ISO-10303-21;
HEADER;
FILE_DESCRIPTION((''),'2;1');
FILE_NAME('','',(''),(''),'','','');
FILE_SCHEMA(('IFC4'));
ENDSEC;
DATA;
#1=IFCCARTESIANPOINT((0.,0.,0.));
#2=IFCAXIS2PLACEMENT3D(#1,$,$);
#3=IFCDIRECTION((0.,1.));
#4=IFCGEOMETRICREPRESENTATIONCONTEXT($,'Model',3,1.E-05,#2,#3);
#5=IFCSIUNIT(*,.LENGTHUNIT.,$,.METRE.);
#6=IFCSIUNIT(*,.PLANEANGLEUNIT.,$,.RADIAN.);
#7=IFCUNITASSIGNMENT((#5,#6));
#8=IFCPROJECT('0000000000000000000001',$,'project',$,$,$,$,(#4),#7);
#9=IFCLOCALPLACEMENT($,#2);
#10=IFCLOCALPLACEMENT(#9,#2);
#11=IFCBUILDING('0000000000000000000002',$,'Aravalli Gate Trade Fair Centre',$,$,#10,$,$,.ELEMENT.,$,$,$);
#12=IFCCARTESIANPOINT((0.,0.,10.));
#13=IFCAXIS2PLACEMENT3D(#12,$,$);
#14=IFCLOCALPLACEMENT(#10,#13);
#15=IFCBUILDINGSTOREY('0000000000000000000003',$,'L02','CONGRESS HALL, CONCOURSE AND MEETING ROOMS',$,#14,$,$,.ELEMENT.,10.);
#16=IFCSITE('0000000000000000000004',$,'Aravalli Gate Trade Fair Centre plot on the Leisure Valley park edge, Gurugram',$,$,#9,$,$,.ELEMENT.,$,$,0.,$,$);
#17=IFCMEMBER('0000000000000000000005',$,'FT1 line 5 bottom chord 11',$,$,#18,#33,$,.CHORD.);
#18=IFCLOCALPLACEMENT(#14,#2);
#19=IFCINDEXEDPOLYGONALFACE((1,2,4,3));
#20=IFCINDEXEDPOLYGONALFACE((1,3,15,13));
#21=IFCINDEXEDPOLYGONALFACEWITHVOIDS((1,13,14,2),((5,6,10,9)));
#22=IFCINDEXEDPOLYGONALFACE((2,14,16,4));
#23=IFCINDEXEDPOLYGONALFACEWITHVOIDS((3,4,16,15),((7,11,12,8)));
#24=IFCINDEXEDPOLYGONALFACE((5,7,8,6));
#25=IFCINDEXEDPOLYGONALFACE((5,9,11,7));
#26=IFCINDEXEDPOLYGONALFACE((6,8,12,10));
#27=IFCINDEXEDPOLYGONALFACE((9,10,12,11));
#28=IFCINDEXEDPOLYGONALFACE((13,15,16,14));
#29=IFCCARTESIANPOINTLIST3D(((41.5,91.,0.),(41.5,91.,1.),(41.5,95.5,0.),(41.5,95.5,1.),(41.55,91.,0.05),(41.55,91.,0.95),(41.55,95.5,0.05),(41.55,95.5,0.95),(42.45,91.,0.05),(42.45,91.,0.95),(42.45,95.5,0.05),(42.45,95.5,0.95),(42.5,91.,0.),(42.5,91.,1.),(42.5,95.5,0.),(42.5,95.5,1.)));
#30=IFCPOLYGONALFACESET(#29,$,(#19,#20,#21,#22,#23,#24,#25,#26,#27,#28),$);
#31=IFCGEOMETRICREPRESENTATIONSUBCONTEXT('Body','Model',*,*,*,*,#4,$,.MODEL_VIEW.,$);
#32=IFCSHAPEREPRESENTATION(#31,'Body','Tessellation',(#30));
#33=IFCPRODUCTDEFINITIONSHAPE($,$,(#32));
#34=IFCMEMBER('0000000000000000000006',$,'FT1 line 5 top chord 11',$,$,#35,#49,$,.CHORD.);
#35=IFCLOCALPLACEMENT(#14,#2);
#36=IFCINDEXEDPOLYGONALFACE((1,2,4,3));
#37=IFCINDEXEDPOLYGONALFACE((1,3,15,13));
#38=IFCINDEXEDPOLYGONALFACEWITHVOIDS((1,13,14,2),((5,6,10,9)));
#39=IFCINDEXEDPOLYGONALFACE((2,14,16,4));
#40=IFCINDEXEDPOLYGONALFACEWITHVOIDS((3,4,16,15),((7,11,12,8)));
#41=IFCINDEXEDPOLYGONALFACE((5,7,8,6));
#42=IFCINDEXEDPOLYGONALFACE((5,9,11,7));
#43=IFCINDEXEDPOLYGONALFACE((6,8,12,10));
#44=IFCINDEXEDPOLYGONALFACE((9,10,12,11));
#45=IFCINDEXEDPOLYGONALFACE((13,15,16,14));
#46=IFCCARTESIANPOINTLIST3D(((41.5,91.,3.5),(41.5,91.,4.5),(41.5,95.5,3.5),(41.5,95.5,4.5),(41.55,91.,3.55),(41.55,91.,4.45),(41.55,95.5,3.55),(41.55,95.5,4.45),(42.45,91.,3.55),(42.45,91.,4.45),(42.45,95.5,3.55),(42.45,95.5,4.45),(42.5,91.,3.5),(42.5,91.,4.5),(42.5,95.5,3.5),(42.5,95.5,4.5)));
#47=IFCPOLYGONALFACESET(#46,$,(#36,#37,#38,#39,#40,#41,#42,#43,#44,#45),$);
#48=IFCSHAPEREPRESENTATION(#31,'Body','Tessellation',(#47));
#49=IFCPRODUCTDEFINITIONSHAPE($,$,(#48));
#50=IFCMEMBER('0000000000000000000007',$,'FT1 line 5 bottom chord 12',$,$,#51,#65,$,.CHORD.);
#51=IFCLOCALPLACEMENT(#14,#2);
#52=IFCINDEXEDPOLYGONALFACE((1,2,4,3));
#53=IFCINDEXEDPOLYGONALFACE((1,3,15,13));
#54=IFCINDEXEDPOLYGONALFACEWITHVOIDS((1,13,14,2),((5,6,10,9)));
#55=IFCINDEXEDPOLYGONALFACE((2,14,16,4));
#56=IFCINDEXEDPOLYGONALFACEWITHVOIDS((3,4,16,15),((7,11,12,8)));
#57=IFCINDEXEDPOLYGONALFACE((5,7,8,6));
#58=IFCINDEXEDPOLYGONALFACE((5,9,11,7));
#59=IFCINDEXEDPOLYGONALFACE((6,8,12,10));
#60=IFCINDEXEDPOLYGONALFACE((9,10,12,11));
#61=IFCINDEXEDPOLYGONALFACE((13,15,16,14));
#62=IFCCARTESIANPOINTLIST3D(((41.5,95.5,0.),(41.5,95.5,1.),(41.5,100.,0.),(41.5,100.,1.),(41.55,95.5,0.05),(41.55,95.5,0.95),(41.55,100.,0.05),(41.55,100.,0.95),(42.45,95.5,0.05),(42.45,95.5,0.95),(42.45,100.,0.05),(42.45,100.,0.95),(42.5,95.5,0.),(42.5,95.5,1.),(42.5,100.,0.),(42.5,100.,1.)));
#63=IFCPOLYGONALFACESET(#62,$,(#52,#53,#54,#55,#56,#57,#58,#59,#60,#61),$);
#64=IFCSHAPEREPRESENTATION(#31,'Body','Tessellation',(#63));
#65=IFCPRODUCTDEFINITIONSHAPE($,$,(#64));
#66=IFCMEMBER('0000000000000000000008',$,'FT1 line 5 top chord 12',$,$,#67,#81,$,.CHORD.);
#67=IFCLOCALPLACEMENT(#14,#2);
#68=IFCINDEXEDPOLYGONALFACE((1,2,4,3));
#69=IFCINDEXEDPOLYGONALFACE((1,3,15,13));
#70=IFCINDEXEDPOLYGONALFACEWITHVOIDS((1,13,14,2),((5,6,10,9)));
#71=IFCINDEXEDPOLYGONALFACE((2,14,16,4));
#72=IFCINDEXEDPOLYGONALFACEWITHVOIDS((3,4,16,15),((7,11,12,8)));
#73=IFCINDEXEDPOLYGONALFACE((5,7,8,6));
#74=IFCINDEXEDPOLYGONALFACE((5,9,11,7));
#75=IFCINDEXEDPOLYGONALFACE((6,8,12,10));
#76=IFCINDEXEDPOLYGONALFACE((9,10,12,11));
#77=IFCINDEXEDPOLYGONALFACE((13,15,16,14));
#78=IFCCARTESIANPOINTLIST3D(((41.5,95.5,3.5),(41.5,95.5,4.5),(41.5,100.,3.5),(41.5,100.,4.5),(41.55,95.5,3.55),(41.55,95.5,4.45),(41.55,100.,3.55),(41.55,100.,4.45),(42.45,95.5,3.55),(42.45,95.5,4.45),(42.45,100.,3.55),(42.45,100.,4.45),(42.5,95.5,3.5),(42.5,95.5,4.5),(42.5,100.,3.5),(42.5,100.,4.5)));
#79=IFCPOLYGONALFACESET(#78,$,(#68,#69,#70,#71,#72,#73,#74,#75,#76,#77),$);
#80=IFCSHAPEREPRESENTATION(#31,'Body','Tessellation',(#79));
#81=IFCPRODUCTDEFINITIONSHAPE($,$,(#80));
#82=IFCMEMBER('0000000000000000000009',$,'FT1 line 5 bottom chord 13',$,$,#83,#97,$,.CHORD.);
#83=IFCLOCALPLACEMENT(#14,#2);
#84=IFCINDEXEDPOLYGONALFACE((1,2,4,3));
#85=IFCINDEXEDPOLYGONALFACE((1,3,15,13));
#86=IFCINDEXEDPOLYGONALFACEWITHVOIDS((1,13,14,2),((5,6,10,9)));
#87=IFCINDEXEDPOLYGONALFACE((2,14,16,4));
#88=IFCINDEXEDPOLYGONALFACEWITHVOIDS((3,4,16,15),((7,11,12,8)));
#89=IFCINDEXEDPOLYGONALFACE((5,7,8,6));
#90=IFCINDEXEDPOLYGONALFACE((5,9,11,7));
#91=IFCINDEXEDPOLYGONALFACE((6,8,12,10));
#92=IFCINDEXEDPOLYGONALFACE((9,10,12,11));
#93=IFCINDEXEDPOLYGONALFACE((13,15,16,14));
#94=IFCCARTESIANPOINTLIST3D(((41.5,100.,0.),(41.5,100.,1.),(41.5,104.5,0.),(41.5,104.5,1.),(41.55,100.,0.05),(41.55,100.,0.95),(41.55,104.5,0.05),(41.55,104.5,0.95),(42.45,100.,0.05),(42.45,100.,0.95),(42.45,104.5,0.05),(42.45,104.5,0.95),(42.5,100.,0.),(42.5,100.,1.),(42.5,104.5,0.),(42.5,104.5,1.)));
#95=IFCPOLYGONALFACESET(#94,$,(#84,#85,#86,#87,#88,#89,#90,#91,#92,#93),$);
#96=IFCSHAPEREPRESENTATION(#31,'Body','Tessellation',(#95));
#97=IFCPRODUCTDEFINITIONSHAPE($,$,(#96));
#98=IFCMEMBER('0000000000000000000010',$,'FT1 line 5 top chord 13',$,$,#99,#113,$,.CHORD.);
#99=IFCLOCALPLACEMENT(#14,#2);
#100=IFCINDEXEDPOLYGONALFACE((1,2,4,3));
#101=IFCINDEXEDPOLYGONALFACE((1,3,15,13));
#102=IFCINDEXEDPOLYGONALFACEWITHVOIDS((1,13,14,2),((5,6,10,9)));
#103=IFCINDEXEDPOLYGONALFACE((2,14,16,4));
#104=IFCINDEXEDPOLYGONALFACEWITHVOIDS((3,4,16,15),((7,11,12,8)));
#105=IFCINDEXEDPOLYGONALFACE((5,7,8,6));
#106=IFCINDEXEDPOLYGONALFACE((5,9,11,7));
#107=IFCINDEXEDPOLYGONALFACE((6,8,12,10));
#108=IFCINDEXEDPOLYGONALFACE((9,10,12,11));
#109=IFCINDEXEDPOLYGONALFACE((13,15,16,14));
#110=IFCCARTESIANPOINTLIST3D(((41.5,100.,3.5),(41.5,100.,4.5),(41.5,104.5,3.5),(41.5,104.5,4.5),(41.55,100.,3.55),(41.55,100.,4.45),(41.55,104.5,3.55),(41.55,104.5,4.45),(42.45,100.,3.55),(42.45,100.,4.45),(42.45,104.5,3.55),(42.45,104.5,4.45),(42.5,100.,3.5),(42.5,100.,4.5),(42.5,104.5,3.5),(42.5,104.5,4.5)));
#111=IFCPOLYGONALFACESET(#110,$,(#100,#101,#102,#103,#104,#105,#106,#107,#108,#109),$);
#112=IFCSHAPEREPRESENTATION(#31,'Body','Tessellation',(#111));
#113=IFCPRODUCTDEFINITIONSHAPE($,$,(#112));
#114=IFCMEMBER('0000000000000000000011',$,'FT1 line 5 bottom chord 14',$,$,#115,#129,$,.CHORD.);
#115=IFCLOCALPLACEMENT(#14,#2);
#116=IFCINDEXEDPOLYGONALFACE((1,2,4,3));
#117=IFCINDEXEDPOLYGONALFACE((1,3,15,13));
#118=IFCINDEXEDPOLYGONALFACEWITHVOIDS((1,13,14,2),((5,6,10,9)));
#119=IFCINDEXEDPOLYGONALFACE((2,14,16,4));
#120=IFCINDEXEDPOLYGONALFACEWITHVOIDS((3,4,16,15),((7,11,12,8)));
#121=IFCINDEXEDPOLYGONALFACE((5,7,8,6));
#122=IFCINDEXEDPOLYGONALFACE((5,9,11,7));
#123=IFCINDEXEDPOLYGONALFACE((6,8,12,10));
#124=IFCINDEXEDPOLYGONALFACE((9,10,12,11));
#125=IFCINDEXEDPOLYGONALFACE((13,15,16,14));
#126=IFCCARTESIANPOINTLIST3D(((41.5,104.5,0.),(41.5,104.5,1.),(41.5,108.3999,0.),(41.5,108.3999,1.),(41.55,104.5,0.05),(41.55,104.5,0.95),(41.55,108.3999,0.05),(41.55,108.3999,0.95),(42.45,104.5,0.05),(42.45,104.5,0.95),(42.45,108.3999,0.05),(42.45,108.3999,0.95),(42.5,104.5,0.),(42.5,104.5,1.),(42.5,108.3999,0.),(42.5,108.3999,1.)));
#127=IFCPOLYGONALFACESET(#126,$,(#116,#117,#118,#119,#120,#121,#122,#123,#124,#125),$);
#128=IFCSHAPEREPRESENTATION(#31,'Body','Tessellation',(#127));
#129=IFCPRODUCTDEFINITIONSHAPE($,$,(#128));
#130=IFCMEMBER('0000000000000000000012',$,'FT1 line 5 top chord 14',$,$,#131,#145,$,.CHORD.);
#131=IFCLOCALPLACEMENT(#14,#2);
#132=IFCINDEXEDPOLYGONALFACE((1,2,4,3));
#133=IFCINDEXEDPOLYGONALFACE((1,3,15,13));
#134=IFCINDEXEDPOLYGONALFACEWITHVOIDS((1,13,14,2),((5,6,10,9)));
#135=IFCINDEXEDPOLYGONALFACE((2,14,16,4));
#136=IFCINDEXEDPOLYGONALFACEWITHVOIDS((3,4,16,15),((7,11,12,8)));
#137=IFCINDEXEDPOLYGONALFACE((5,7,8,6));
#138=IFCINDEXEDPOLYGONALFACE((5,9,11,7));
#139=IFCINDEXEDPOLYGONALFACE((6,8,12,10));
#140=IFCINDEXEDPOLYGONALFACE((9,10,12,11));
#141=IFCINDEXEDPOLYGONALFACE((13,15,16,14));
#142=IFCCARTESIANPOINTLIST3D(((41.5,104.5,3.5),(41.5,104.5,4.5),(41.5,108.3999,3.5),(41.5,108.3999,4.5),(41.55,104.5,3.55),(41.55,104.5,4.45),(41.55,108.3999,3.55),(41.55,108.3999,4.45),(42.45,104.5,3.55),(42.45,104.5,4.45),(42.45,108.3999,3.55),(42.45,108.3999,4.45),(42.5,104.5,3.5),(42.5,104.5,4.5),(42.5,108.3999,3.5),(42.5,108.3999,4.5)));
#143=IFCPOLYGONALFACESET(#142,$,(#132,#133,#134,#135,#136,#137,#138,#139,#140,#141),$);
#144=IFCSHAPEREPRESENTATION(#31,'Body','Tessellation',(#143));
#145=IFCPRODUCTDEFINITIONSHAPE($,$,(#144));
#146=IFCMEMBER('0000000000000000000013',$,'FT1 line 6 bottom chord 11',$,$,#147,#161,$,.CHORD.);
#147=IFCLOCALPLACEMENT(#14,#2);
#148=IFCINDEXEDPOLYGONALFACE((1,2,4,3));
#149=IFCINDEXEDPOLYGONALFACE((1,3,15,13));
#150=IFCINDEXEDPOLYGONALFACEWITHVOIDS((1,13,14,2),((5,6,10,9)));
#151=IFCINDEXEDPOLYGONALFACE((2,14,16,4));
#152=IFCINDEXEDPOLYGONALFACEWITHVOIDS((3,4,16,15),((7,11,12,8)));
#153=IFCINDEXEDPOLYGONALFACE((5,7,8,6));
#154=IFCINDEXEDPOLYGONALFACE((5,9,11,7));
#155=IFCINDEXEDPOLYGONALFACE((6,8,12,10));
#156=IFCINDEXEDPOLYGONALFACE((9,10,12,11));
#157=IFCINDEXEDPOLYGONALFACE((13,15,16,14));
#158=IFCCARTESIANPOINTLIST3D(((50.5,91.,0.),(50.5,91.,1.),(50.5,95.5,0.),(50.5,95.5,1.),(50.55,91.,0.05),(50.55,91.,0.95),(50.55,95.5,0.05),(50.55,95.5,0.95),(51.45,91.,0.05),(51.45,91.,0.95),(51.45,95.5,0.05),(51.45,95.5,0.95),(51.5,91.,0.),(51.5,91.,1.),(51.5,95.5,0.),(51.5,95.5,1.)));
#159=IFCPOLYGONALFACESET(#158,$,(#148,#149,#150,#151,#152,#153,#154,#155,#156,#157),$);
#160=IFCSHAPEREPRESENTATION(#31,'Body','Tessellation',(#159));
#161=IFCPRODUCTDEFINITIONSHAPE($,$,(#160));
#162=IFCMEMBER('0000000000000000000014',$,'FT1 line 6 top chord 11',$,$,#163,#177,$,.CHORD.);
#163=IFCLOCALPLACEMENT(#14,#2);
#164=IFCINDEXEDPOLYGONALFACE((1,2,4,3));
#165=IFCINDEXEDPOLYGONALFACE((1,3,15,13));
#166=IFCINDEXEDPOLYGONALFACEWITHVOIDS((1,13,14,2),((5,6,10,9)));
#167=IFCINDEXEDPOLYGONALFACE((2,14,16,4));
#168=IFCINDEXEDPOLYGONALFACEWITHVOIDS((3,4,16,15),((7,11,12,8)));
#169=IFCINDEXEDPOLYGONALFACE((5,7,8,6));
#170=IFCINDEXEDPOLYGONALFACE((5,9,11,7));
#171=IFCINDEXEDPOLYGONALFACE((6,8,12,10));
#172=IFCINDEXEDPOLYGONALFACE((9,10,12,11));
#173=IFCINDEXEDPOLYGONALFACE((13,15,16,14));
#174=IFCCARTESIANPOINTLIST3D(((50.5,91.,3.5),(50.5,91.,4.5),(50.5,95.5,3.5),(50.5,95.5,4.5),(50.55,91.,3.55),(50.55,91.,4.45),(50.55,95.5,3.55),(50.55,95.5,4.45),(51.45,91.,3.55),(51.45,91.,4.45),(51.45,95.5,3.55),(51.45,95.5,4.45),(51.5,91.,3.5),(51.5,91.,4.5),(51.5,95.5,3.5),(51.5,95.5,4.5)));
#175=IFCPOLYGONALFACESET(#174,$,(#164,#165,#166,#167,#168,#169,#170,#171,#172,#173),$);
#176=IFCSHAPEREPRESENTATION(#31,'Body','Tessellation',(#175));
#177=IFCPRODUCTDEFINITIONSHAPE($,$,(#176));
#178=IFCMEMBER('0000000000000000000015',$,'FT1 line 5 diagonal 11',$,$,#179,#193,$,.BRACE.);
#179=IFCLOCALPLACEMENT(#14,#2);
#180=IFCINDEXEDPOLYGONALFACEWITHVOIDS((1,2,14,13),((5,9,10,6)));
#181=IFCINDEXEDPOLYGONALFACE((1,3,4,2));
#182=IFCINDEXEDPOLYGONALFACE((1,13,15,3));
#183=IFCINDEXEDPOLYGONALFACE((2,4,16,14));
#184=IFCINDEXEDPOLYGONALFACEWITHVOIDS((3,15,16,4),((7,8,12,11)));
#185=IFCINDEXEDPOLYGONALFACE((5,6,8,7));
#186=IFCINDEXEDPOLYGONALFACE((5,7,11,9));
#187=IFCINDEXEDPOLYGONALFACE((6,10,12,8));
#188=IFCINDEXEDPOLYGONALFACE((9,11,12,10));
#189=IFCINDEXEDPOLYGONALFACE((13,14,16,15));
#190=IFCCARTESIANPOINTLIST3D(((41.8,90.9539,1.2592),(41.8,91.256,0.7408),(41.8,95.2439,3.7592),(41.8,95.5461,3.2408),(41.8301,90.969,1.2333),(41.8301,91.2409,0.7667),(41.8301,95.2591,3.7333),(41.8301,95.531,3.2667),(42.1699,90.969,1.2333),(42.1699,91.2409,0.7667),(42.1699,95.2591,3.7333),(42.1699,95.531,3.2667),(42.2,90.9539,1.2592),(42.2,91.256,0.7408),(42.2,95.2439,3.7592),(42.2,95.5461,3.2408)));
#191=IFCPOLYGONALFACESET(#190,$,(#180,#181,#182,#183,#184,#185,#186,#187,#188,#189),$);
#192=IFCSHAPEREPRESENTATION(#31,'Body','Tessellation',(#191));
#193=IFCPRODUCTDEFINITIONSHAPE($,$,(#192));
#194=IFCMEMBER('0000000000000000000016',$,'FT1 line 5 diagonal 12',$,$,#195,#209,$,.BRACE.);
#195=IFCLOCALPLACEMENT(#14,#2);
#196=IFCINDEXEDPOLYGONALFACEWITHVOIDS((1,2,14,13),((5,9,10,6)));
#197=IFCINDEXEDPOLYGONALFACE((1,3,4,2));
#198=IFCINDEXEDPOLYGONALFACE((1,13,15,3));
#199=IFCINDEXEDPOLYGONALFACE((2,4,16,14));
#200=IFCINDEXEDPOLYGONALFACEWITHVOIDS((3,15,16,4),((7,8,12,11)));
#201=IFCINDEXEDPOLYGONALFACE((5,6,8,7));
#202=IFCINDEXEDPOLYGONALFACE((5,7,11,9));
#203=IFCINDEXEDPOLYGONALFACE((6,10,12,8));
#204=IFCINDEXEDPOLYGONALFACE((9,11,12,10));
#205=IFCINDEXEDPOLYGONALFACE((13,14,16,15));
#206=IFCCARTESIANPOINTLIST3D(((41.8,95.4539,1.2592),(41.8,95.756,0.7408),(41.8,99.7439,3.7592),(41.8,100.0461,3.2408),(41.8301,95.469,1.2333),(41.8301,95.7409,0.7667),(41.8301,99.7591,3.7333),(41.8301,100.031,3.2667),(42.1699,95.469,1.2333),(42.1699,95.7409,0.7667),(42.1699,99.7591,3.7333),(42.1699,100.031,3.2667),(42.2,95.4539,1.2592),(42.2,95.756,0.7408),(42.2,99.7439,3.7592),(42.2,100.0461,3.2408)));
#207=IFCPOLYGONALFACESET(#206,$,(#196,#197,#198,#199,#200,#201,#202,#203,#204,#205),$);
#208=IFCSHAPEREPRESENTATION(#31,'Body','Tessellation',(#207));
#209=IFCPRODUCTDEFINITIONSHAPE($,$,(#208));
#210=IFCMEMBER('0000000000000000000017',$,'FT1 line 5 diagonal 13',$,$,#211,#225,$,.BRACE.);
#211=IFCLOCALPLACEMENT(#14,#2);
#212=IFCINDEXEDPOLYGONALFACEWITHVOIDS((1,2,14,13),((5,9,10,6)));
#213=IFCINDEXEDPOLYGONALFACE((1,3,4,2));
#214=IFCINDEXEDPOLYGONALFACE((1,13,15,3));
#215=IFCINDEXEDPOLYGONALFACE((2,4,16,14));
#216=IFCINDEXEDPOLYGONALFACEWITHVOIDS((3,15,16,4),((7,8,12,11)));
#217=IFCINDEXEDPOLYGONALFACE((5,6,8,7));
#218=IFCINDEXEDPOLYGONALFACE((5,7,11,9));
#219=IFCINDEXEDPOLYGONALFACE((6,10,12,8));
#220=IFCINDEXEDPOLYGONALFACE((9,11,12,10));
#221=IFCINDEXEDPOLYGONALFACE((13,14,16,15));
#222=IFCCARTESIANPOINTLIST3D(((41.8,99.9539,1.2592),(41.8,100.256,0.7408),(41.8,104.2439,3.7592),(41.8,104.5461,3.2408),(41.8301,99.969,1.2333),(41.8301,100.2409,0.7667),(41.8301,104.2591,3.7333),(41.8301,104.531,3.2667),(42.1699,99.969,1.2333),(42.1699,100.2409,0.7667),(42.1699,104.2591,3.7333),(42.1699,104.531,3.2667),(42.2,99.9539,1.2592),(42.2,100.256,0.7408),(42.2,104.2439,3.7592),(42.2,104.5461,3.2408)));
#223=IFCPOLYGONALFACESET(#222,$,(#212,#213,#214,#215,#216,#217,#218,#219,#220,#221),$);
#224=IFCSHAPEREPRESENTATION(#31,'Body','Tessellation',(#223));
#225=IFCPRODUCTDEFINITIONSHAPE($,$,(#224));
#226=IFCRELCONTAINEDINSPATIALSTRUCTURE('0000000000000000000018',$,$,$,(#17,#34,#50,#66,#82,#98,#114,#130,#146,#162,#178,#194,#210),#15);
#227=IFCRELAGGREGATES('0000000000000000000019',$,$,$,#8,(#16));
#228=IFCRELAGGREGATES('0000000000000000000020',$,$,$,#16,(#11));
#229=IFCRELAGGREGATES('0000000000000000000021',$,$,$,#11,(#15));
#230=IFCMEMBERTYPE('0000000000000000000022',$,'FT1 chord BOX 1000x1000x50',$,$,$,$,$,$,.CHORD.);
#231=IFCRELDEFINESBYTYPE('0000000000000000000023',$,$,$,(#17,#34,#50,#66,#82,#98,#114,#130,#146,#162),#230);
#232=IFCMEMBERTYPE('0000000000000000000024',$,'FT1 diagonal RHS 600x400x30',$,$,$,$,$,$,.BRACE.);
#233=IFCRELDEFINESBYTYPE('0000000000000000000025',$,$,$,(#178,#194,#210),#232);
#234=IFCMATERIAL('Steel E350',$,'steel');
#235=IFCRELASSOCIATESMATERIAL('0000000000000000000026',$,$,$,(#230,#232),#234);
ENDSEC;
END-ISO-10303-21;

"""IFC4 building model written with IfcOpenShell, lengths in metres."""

from ifc_helpers import new_model, si_unit, direction, frame, origin, origin_2d, place, context, subcontext, project, spatial, hollow_rectangle, extrude, material, material_profile, profile_set, type_object, element, save


model = new_model("IFC4")

# Units and contexts
model_context = context("Model", 3, precision=1e-05, world=origin(), true_north=direction((0.0, 1.0)))
body_context = subcontext(model_context, "Body", "Model", "MODEL_VIEW")
ifc_project = project(units=[si_unit("LENGTHUNIT", "METRE"), si_unit("PLANEANGLEUNIT", "RADIAN")], contexts=[model_context])

# Site, building, storey
site_placement = place(None, origin())
site = spatial("IfcSite", under=ifc_project, at=site_placement, Name="Aravalli Gate Trade Fair Centre plot on the Leisure Valley park edge, Gurugram", CompositionType="ELEMENT", RefElevation=0.0)
building_placement = place(site_placement, origin())
building = spatial("IfcBuilding", under=site, at=building_placement, Name="Aravalli Gate Trade Fair Centre", CompositionType="ELEMENT")
storey_placement = place(building_placement, frame((0.0, 0.0, 10.0)))
storey = spatial("IfcBuildingStorey", under=building, at=storey_placement, Name="L02", Description="CONGRESS HALL, CONCOURSE AND MEETING ROOMS", CompositionType="ELEMENT", Elevation=10.0)

# Members
ifc_material_1 = material(Name="Steel E350", Category="steel")
ifc_material_profile_1 = material_profile(ifc_material_1, hollow_rectangle(XDim=1.0, YDim=1.0, WallThickness=0.05, at=origin_2d()), Name="BOX 1000x1000x50")
ifc_profile_set_1 = profile_set([ifc_material_profile_1], Name="Steel E350")
member_type_1 = type_object("IfcMemberType", Name="FT1 chord BOX 1000x1000x50", PredefinedType="CHORD", material=ifc_profile_set_1)
for number, where, z_axis, x_axis, name in (
    (1, (42.0, 91.0, 0.5), (0.0, 1.0, 0.0), (-1.0, 0.0, 0.0), "FT1 line 5 bottom chord 11"),
    (2, (42.0, 91.0, 4.0), (0.0, 1.0, 0.0), (-1.0, 0.0, 0.0), "FT1 line 5 top chord 11"),
    (3, (42.0, 95.5, 0.5), (0.0, 1.0, 0.0), (-1.0, 0.0, 0.0), "FT1 line 5 bottom chord 12"),
    (4, (42.0, 95.5, 4.0), (0.0, 1.0, 0.0), (-1.0, 0.0, 0.0), "FT1 line 5 top chord 12"),
    (5, (42.0, 100.0, 0.5), (0.0, 1.0, 0.0), (-1.0, 0.0, 0.0), "FT1 line 5 bottom chord 13"),
    (6, (42.0, 100.0, 4.0), (0.0, 1.0, 0.0), (-1.0, 0.0, 0.0), "FT1 line 5 top chord 13"),
):
    element("IfcMember", number, at=place(storey_placement, frame(where, z_axis=z_axis, x_axis=x_axis)), inside=storey, type_object=member_type_1, Name=name, PredefinedType="CHORD", context=body_context, shape_type="SweptSolid", body=[
        extrude(hollow_rectangle(XDim=1.0, YDim=1.0, WallThickness=0.05, at=origin_2d()), origin(), (0.0, 0.0, 1.0), 4.5),
    ])
for number, where, z_axis, x_axis, name in (
    (7, (42.0, 104.5, 0.5), (0.0, 1.0, 0.0), (-1.0, 0.0, 0.0), "FT1 line 5 bottom chord 14"),
    (8, (42.0, 104.5, 4.0), (0.0, 1.0, 0.0), (-1.0, 0.0, 0.0), "FT1 line 5 top chord 14"),
):
    element("IfcMember", number, at=place(storey_placement, frame(where, z_axis=z_axis, x_axis=x_axis)), inside=storey, type_object=member_type_1, Name=name, PredefinedType="CHORD", context=body_context, shape_type="SweptSolid", body=[
        extrude(hollow_rectangle(XDim=1.0, YDim=1.0, WallThickness=0.05, at=origin_2d()), origin(), (0.0, 0.0, 1.0), 3.8999),
    ])
for number, where, z_axis, x_axis, name in (
    (9, (51.0, 91.0, 0.5), (0.0, 1.0, 0.0), (-1.0, 0.0, 0.0), "FT1 line 6 bottom chord 11"),
    (10, (51.0, 91.0, 4.0), (0.0, 1.0, 0.0), (-1.0, 0.0, 0.0), "FT1 line 6 top chord 11"),
):
    element("IfcMember", number, at=place(storey_placement, frame(where, z_axis=z_axis, x_axis=x_axis)), inside=storey, type_object=member_type_1, Name=name, PredefinedType="CHORD", context=body_context, shape_type="SweptSolid", body=[
        extrude(hollow_rectangle(XDim=1.0, YDim=1.0, WallThickness=0.05, at=origin_2d()), origin(), (0.0, 0.0, 1.0), 4.5),
    ])
ifc_material_profile_2 = material_profile(ifc_material_1, hollow_rectangle(XDim=0.3999, YDim=0.6001, WallThickness=0.03, at=origin_2d()), Name="RHS 600x400x30")
ifc_profile_set_2 = profile_set([ifc_material_profile_2], Name="Steel E350")
member_type_2 = type_object("IfcMemberType", Name="FT1 diagonal RHS 600x400x30", PredefinedType="BRACE", material=ifc_profile_set_2)
for number, where, z_axis, x_axis, name in (
    (11, (42.0, 95.395, 3.5), (0.0, -0.864, -0.503492), (1.0, 0.0, 0.0), "FT1 line 5 diagonal 11"),
    (12, (42.0, 99.895, 3.5), (0.0, -0.864, -0.503492), (1.0, 0.0, 0.0), "FT1 line 5 diagonal 12"),
    (13, (42.0, 104.395, 3.5), (0.0, -0.864, -0.503492), (1.0, 0.0, 0.0), "FT1 line 5 diagonal 13"),
):
    element("IfcMember", number, at=place(storey_placement, frame(where, z_axis=z_axis, x_axis=x_axis)), inside=storey, type_object=member_type_2, Name=name, PredefinedType="BRACE", context=body_context, shape_type="SweptSolid", body=[
        extrude(hollow_rectangle(XDim=0.3999, YDim=0.6001, WallThickness=0.03, at=origin_2d()), origin(), (0.0, 0.0, 1.0), 4.9653),
    ])

save(model, "model.ifc")
